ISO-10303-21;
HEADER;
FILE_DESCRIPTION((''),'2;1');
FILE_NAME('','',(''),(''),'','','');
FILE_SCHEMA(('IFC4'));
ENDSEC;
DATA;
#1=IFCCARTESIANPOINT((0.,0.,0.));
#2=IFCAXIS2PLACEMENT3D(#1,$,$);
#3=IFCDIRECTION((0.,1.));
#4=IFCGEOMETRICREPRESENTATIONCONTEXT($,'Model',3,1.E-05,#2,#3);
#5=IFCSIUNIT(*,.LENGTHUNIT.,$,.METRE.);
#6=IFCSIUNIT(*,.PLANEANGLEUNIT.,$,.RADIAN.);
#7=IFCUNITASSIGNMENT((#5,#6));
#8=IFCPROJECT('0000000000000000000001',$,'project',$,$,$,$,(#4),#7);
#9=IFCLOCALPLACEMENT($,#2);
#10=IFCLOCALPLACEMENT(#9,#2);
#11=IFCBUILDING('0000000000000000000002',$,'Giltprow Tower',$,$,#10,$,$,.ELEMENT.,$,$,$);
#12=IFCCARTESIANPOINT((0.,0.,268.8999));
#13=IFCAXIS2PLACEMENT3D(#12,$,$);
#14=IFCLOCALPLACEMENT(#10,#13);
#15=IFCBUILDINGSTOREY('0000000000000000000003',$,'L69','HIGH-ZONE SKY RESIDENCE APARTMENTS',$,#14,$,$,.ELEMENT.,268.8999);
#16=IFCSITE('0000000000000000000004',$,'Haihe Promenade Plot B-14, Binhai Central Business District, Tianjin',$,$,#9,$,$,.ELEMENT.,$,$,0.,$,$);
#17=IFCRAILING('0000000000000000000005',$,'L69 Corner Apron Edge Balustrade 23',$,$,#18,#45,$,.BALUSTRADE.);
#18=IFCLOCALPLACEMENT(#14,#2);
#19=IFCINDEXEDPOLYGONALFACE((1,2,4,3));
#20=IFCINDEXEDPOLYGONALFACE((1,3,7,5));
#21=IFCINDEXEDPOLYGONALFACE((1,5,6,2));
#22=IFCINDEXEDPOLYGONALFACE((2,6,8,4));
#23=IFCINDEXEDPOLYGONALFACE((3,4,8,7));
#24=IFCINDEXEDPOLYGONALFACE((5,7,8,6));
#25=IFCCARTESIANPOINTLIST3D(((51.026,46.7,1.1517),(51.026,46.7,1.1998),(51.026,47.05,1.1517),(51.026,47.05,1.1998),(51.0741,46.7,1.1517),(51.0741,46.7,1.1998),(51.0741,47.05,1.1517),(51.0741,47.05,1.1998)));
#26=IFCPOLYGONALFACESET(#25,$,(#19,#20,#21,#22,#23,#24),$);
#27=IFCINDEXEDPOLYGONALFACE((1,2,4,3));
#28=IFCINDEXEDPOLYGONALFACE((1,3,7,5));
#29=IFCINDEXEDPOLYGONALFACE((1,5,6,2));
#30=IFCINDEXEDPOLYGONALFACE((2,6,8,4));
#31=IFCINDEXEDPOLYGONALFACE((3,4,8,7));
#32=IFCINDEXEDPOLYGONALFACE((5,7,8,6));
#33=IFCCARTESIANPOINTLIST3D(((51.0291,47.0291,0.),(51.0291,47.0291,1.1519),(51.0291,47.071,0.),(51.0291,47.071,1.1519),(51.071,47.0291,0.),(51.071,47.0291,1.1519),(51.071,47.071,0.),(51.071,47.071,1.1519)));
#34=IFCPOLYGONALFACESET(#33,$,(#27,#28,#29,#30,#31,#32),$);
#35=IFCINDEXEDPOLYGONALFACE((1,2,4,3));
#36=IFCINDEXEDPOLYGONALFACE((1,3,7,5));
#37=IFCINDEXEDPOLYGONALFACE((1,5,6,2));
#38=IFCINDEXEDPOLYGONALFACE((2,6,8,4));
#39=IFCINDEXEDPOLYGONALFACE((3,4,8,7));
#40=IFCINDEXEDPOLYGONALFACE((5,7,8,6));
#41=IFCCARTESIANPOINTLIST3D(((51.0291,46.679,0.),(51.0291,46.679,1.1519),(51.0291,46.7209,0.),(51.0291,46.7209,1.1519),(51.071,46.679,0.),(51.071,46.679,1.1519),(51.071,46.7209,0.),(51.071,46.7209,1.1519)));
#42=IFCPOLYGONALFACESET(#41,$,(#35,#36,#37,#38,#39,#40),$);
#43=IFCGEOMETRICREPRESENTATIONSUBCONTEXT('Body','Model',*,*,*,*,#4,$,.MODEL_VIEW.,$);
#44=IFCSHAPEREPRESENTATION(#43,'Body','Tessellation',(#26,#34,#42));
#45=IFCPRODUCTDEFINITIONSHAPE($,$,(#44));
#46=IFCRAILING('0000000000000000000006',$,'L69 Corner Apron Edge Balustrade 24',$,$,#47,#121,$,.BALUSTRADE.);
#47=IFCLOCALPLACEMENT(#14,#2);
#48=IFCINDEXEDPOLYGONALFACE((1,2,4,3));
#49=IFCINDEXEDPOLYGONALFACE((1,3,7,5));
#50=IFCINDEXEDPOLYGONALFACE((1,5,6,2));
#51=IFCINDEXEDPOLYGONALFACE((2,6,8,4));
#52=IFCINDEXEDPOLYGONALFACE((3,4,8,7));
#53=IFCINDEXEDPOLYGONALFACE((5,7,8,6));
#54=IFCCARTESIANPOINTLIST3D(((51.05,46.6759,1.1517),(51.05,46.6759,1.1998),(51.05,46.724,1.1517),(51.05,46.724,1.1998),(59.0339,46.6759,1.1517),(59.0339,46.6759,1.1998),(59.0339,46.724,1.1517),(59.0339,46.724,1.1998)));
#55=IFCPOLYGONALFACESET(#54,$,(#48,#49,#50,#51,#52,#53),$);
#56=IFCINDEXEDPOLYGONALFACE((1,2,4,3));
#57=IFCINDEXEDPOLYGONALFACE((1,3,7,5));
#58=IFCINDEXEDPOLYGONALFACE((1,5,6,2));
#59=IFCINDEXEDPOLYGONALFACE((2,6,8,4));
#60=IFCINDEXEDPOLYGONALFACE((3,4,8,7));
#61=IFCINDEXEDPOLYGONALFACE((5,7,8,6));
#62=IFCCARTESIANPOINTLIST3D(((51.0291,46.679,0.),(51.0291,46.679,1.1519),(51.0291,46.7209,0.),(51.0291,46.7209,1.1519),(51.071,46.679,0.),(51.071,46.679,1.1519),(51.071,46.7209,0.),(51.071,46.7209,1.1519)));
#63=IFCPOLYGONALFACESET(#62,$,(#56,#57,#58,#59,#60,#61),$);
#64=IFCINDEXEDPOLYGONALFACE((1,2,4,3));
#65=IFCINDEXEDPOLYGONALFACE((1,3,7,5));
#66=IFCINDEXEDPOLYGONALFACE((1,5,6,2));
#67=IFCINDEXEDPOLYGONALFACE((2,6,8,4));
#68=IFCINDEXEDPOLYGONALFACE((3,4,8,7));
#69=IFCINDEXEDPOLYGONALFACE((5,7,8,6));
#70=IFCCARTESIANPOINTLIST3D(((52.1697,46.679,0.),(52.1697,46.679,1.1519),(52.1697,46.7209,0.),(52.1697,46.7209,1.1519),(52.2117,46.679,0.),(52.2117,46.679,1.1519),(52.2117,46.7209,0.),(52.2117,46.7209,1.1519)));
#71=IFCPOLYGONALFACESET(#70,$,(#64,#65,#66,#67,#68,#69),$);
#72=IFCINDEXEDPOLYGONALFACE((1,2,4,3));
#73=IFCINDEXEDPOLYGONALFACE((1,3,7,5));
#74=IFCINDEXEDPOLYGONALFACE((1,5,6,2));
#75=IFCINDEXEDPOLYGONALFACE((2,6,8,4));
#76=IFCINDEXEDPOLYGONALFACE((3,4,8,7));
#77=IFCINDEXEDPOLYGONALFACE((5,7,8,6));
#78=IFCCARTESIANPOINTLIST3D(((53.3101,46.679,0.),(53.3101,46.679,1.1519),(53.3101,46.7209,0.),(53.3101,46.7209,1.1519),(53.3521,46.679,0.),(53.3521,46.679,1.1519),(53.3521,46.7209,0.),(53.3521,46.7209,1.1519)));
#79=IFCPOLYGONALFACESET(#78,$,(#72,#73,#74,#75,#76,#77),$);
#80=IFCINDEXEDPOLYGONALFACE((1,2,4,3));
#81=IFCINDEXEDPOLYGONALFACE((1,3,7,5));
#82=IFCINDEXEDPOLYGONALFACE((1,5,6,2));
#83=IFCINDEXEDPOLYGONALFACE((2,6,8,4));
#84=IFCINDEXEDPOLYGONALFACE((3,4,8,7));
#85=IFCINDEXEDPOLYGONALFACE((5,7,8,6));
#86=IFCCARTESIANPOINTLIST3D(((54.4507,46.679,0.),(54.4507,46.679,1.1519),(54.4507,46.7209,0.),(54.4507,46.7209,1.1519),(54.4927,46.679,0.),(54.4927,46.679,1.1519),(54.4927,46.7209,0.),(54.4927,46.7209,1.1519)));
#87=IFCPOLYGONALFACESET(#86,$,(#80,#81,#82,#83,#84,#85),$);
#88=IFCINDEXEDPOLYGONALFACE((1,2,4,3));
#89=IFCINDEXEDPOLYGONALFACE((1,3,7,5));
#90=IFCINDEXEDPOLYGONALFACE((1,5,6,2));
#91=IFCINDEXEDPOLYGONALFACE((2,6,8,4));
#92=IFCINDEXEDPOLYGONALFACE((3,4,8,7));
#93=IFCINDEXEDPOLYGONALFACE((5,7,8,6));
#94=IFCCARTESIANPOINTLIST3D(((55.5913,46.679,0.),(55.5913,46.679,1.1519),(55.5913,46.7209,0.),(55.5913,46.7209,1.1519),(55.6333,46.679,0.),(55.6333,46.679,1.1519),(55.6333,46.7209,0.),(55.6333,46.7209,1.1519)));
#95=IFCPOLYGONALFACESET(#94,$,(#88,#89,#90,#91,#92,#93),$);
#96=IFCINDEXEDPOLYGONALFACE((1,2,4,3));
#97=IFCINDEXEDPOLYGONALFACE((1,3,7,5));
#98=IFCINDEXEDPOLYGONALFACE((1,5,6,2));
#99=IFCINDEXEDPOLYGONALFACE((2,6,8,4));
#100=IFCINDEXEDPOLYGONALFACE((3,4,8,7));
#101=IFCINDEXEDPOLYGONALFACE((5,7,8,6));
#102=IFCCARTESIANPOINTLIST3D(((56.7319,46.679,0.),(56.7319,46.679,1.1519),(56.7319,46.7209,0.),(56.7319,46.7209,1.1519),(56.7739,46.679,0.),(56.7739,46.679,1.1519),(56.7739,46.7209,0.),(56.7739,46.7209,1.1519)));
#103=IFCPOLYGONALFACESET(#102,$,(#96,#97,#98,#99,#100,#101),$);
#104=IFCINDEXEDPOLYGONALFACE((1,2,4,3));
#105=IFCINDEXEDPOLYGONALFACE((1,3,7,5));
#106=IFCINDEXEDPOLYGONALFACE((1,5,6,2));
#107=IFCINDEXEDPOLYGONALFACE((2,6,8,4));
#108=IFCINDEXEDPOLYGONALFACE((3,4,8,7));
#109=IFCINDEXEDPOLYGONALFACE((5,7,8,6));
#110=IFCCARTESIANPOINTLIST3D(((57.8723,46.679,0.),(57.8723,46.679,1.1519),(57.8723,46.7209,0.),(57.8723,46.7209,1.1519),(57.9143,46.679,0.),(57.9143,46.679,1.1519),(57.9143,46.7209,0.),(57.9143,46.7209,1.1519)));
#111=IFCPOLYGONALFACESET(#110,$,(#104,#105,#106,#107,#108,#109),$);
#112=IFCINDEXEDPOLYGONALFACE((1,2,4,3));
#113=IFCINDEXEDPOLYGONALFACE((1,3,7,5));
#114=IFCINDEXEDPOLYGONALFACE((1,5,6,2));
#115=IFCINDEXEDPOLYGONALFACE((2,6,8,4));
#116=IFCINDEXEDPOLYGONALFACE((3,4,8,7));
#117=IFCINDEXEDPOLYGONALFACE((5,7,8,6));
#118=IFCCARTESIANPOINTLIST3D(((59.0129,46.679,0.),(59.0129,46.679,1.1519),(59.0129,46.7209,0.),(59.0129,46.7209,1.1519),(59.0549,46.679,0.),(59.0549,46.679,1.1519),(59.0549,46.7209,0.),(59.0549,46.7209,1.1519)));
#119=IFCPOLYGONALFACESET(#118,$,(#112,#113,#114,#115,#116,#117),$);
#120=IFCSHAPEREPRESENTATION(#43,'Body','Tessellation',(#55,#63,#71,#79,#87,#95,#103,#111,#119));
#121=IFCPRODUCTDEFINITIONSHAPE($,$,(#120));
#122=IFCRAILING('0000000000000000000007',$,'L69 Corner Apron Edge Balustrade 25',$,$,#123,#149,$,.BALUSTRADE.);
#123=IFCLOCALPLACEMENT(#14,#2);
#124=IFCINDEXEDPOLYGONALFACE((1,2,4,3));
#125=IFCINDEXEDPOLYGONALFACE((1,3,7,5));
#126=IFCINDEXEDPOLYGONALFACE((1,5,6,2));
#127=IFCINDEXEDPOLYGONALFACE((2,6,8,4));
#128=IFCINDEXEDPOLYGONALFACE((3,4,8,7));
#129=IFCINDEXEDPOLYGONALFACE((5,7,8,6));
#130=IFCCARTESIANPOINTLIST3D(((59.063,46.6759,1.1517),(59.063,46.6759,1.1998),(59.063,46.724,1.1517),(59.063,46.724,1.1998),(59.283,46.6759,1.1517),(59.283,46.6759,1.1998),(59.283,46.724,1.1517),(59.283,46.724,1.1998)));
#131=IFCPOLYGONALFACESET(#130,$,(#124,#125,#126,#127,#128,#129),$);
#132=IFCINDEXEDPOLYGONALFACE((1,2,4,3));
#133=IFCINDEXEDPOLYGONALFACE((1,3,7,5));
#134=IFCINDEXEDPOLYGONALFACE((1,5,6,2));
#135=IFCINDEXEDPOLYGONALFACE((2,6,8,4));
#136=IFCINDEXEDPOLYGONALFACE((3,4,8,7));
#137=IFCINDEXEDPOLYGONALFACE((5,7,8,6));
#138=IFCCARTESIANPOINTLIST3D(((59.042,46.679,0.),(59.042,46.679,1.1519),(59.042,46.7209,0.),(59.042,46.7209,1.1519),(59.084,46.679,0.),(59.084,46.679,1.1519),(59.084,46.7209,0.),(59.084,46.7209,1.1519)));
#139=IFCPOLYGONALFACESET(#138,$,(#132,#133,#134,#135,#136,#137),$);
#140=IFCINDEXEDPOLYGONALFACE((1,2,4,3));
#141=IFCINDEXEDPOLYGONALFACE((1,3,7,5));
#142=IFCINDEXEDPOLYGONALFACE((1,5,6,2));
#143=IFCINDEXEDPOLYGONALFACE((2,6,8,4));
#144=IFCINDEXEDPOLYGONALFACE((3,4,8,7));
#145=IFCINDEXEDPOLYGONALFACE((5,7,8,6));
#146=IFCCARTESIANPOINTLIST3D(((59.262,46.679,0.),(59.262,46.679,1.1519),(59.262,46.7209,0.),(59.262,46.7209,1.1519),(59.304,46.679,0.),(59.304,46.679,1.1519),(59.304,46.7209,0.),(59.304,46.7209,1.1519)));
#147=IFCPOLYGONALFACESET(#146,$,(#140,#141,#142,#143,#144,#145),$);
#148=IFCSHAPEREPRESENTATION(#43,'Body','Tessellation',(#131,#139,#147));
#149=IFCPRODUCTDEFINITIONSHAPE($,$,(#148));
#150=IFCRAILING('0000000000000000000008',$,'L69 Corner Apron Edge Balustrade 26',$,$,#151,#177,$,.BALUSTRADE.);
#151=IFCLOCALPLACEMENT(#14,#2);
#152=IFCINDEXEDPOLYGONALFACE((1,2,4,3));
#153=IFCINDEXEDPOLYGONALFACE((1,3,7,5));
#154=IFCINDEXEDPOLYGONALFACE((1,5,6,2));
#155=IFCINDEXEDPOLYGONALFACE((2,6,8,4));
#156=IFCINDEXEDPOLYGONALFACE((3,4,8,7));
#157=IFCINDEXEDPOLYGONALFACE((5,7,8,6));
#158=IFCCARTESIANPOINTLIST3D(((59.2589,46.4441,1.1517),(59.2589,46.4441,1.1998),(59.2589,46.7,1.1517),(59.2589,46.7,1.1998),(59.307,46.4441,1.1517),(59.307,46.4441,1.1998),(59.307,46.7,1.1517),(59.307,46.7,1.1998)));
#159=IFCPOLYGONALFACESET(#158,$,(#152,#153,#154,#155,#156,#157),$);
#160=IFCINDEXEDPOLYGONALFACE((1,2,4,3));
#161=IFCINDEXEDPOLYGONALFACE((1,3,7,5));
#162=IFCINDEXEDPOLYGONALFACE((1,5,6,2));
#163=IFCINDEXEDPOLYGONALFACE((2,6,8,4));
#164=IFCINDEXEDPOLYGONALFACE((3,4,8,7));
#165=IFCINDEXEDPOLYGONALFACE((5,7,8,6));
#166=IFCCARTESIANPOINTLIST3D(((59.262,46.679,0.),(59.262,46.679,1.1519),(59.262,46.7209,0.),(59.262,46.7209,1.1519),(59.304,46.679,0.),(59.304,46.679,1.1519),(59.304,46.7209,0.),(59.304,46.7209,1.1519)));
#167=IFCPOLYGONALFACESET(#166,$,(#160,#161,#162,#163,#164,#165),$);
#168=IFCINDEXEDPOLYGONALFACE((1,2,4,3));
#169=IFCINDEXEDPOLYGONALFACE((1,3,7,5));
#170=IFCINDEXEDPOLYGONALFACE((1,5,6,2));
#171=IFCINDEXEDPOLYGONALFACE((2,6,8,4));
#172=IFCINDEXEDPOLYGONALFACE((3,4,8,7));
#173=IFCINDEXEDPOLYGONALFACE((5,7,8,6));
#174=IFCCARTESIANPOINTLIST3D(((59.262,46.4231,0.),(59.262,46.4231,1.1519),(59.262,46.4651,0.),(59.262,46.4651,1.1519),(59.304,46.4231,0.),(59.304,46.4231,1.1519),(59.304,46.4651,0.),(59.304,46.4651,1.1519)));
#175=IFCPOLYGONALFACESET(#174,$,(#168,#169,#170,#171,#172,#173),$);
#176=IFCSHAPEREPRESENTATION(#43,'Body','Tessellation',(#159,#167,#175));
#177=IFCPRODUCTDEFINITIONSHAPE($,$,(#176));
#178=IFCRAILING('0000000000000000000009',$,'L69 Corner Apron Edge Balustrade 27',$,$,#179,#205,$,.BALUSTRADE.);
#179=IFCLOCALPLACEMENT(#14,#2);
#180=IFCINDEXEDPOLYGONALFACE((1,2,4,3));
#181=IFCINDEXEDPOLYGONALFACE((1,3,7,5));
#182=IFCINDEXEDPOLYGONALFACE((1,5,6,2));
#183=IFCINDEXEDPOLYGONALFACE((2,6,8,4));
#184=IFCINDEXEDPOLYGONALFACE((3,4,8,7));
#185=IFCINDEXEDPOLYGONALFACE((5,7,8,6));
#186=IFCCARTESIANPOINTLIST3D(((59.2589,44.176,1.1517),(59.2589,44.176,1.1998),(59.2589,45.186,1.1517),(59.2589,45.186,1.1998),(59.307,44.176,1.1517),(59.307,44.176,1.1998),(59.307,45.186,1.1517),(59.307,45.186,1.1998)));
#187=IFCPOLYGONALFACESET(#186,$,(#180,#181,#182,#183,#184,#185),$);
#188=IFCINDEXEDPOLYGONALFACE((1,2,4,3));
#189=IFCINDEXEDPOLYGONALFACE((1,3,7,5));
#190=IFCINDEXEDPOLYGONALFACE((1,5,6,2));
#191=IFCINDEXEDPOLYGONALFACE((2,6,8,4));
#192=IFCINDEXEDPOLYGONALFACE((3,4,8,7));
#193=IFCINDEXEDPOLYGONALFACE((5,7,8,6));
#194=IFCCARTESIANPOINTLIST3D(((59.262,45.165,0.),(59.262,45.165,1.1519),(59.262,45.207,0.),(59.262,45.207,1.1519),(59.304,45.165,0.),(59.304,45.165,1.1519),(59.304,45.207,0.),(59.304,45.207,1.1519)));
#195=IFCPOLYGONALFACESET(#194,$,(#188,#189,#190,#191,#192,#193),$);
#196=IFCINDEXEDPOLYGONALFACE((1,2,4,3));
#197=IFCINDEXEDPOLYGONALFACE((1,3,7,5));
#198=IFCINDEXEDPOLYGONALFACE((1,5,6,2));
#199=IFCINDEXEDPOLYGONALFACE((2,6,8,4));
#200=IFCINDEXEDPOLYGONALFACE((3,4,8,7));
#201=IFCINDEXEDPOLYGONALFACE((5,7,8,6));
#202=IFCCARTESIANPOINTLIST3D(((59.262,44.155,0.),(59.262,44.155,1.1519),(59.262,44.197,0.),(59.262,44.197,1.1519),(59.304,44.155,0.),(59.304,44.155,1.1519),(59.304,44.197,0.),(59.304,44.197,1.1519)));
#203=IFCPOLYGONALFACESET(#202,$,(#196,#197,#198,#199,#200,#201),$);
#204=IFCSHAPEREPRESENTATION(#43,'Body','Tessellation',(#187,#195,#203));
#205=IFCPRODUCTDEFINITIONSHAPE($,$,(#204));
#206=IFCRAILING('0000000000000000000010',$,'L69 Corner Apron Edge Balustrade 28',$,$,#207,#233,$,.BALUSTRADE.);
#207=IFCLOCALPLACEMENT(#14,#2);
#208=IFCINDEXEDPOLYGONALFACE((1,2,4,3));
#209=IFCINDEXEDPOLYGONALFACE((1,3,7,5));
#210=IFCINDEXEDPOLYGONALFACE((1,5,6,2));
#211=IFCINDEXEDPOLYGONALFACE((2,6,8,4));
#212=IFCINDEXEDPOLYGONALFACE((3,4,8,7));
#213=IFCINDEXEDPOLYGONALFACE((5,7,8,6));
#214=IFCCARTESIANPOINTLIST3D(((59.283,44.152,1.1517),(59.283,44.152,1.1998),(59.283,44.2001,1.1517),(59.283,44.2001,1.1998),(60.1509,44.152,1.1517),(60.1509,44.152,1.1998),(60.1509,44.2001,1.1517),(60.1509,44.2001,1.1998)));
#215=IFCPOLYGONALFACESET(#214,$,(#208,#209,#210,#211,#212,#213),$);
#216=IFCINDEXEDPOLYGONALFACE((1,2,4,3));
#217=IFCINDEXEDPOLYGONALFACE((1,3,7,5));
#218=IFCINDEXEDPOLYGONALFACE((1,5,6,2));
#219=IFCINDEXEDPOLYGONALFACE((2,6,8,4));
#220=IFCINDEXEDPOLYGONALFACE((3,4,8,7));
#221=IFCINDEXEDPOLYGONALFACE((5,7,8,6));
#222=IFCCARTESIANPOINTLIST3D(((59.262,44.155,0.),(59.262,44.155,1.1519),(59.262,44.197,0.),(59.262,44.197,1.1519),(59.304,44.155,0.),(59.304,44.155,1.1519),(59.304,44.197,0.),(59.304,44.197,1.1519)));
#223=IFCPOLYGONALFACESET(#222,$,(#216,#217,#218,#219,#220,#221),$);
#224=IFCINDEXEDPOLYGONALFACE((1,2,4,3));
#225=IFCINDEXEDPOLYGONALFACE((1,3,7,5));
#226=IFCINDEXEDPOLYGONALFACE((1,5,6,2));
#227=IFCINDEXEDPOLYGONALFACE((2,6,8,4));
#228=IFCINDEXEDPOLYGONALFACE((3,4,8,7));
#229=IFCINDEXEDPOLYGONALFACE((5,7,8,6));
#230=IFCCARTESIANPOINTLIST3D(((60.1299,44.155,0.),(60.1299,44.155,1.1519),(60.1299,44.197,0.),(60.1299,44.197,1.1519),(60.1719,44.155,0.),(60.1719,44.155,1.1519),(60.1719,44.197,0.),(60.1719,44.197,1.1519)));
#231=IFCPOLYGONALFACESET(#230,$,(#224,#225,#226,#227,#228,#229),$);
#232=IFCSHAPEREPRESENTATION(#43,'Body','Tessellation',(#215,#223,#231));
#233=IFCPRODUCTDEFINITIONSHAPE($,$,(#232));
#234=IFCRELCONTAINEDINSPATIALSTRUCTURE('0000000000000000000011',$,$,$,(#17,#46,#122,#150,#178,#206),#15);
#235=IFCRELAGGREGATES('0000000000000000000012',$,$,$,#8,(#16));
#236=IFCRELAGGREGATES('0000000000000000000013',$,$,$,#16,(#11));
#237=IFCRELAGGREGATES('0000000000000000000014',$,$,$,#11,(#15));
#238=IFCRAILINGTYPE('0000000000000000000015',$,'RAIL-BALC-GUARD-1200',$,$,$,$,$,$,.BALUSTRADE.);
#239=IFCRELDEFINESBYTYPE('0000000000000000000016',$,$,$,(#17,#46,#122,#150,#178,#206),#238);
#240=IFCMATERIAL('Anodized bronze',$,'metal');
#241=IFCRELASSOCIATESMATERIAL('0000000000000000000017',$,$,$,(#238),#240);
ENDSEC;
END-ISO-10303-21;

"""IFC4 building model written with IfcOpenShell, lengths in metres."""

from ifc_helpers import new_model, si_unit, direction, frame, origin, origin_2d, place, context, subcontext, project, spatial, rectangle, extrude, material, type_object, element, save


model = new_model("IFC4")

# Units and contexts
model_context = context("Model", 3, precision=1e-05, world=origin(), true_north=direction((0.0, 1.0)))
body_context = subcontext(model_context, "Body", "Model", "MODEL_VIEW")
ifc_project = project(units=[si_unit("LENGTHUNIT", "METRE"), si_unit("PLANEANGLEUNIT", "RADIAN")], contexts=[model_context])

# Site, building, storey
site_placement = place(None, origin())
site = spatial("IfcSite", under=ifc_project, at=site_placement, Name="Haihe Promenade Plot B-14, Binhai Central Business District, Tianjin", CompositionType="ELEMENT", RefElevation=0.0)
building_placement = place(site_placement, origin())
building = spatial("IfcBuilding", under=site, at=building_placement, Name="Giltprow Tower", CompositionType="ELEMENT")
storey_placement = place(building_placement, frame((0.0, 0.0, 268.8999)))
storey = spatial("IfcBuildingStorey", under=building, at=storey_placement, Name="L69", Description="HIGH-ZONE SKY RESIDENCE APARTMENTS", CompositionType="ELEMENT", Elevation=268.8999)

# Railings
ifc_material_1 = material(Name="Anodized bronze", Category="metal")
railing_type = type_object("IfcRailingType", Name="RAIL-BALC-GUARD-1200", PredefinedType="BALUSTRADE", material=ifc_material_1)
railing_1_placement = place(storey_placement, frame((51.05, 47.05, 0.0)))
element("IfcRailing", 1, at=railing_1_placement, inside=storey, type_object=railing_type, Name="L69 Corner Apron Edge Balustrade 23", PredefinedType="BALUSTRADE", context=body_context, shape_type="SweptSolid", body=[
    extrude(rectangle(XDim=0.0481, YDim=0.0481, at=origin_2d()), frame((0.0, 0.0, 1.1758), z_axis=(0.0, -1.0, 0.0), x_axis=(1.0, 0.0, 0.0)), (0.0, 0.0, 1.0), 0.3501),
    extrude(rectangle(XDim=0.042, YDim=0.042, at=origin_2d()), origin(), (0.0, 0.0, 1.0), 1.1519),
    extrude(rectangle(XDim=0.042, YDim=0.042, at=origin_2d()), frame((0.0, -0.3501, 0.0)), (0.0, 0.0, 1.0), 1.1519),
])
railing_2_placement = place(storey_placement, frame((51.05, 46.7, 0.0)))
element("IfcRailing", 2, at=railing_2_placement, inside=storey, type_object=railing_type, Name="L69 Corner Apron Edge Balustrade 24", PredefinedType="BALUSTRADE", context=body_context, shape_type="SweptSolid", body=[
    extrude(rectangle(XDim=0.0481, YDim=0.0481, at=origin_2d()), frame((0.0, 0.0, 1.1758), z_axis=(1.0, 0.0, 0.0), x_axis=(0.0, 1.0, 0.0)), (0.0, 0.0, 1.0), 7.9839),
    extrude(rectangle(XDim=0.042, YDim=0.042, at=origin_2d()), origin(), (0.0, 0.0, 1.0), 1.1519),
    extrude(rectangle(XDim=0.042, YDim=0.042, at=origin_2d()), frame((1.1406, 0.0, 0.0)), (0.0, 0.0, 1.0), 1.1519),
    extrude(rectangle(XDim=0.042, YDim=0.042, at=origin_2d()), frame((2.281, 0.0, 0.0)), (0.0, 0.0, 1.0), 1.1519),
    extrude(rectangle(XDim=0.042, YDim=0.042, at=origin_2d()), frame((3.4216, 0.0, 0.0)), (0.0, 0.0, 1.0), 1.1519),
    extrude(rectangle(XDim=0.042, YDim=0.042, at=origin_2d()), frame((4.5623, 0.0, 0.0)), (0.0, 0.0, 1.0), 1.1519),
    extrude(rectangle(XDim=0.042, YDim=0.042, at=origin_2d()), frame((5.7029, 0.0, 0.0)), (0.0, 0.0, 1.0), 1.1519),
    extrude(rectangle(XDim=0.042, YDim=0.042, at=origin_2d()), frame((6.8433, 0.0, 0.0)), (0.0, 0.0, 1.0), 1.1519),
    extrude(rectangle(XDim=0.042, YDim=0.042, at=origin_2d()), frame((7.9839, 0.0, 0.0)), (0.0, 0.0, 1.0), 1.1519),
])
railing_3_placement = place(storey_placement, frame((59.063, 46.7, 0.0)))
element("IfcRailing", 3, at=railing_3_placement, inside=storey, type_object=railing_type, Name="L69 Corner Apron Edge Balustrade 25", PredefinedType="BALUSTRADE", context=body_context, shape_type="SweptSolid", body=[
    extrude(rectangle(XDim=0.0481, YDim=0.0481, at=origin_2d()), frame((0.0, 0.0, 1.1758), z_axis=(1.0, 0.0, 0.0), x_axis=(0.0, 1.0, 0.0)), (0.0, 0.0, 1.0), 0.22),
    extrude(rectangle(XDim=0.042, YDim=0.042, at=origin_2d()), origin(), (0.0, 0.0, 1.0), 1.1519),
    extrude(rectangle(XDim=0.042, YDim=0.042, at=origin_2d()), frame((0.22, 0.0, 0.0)), (0.0, 0.0, 1.0), 1.1519),
])
railing_4_placement = place(storey_placement, frame((59.283, 46.7, 0.0)))
element("IfcRailing", 4, at=railing_4_placement, inside=storey, type_object=railing_type, Name="L69 Corner Apron Edge Balustrade 26", PredefinedType="BALUSTRADE", context=body_context, shape_type="SweptSolid", body=[
    extrude(rectangle(XDim=0.0481, YDim=0.0481, at=origin_2d()), frame((0.0, 0.0, 1.1758), z_axis=(0.0, -1.0, 0.0), x_axis=(1.0, 0.0, 0.0)), (0.0, 0.0, 1.0), 0.2559),
    extrude(rectangle(XDim=0.042, YDim=0.042, at=origin_2d()), origin(), (0.0, 0.0, 1.0), 1.1519),
    extrude(rectangle(XDim=0.042, YDim=0.042, at=origin_2d()), frame((0.0, -0.2559, 0.0)), (0.0, 0.0, 1.0), 1.1519),
])
railing_5_placement = place(storey_placement, frame((59.283, 45.186, 0.0)))
element("IfcRailing", 5, at=railing_5_placement, inside=storey, type_object=railing_type, Name="L69 Corner Apron Edge Balustrade 27", PredefinedType="BALUSTRADE", context=body_context, shape_type="SweptSolid", body=[
    extrude(rectangle(XDim=0.0481, YDim=0.0481, at=origin_2d()), frame((0.0, 0.0, 1.1758), z_axis=(0.0, -1.0, 0.0), x_axis=(1.0, 0.0, 0.0)), (0.0, 0.0, 1.0), 1.01),
    extrude(rectangle(XDim=0.042, YDim=0.042, at=origin_2d()), origin(), (0.0, 0.0, 1.0), 1.1519),
    extrude(rectangle(XDim=0.042, YDim=0.042, at=origin_2d()), frame((0.0, -1.01, 0.0)), (0.0, 0.0, 1.0), 1.1519),
])
railing_6_placement = place(storey_placement, frame((59.283, 44.176, 0.0)))
element("IfcRailing", 6, at=railing_6_placement, inside=storey, type_object=railing_type, Name="L69 Corner Apron Edge Balustrade 28", PredefinedType="BALUSTRADE", context=body_context, shape_type="SweptSolid", body=[
    extrude(rectangle(XDim=0.0481, YDim=0.0481, at=origin_2d()), frame((0.0, 0.0, 1.1758), z_axis=(1.0, 0.0, 0.0), x_axis=(0.0, 1.0, 0.0)), (0.0, 0.0, 1.0), 0.8679),
    extrude(rectangle(XDim=0.042, YDim=0.042, at=origin_2d()), origin(), (0.0, 0.0, 1.0), 1.1519),
    extrude(rectangle(XDim=0.042, YDim=0.042, at=origin_2d()), frame((0.8679, 0.0, 0.0)), (0.0, 0.0, 1.0), 1.1519),
])

save(model, "model.ifc")
